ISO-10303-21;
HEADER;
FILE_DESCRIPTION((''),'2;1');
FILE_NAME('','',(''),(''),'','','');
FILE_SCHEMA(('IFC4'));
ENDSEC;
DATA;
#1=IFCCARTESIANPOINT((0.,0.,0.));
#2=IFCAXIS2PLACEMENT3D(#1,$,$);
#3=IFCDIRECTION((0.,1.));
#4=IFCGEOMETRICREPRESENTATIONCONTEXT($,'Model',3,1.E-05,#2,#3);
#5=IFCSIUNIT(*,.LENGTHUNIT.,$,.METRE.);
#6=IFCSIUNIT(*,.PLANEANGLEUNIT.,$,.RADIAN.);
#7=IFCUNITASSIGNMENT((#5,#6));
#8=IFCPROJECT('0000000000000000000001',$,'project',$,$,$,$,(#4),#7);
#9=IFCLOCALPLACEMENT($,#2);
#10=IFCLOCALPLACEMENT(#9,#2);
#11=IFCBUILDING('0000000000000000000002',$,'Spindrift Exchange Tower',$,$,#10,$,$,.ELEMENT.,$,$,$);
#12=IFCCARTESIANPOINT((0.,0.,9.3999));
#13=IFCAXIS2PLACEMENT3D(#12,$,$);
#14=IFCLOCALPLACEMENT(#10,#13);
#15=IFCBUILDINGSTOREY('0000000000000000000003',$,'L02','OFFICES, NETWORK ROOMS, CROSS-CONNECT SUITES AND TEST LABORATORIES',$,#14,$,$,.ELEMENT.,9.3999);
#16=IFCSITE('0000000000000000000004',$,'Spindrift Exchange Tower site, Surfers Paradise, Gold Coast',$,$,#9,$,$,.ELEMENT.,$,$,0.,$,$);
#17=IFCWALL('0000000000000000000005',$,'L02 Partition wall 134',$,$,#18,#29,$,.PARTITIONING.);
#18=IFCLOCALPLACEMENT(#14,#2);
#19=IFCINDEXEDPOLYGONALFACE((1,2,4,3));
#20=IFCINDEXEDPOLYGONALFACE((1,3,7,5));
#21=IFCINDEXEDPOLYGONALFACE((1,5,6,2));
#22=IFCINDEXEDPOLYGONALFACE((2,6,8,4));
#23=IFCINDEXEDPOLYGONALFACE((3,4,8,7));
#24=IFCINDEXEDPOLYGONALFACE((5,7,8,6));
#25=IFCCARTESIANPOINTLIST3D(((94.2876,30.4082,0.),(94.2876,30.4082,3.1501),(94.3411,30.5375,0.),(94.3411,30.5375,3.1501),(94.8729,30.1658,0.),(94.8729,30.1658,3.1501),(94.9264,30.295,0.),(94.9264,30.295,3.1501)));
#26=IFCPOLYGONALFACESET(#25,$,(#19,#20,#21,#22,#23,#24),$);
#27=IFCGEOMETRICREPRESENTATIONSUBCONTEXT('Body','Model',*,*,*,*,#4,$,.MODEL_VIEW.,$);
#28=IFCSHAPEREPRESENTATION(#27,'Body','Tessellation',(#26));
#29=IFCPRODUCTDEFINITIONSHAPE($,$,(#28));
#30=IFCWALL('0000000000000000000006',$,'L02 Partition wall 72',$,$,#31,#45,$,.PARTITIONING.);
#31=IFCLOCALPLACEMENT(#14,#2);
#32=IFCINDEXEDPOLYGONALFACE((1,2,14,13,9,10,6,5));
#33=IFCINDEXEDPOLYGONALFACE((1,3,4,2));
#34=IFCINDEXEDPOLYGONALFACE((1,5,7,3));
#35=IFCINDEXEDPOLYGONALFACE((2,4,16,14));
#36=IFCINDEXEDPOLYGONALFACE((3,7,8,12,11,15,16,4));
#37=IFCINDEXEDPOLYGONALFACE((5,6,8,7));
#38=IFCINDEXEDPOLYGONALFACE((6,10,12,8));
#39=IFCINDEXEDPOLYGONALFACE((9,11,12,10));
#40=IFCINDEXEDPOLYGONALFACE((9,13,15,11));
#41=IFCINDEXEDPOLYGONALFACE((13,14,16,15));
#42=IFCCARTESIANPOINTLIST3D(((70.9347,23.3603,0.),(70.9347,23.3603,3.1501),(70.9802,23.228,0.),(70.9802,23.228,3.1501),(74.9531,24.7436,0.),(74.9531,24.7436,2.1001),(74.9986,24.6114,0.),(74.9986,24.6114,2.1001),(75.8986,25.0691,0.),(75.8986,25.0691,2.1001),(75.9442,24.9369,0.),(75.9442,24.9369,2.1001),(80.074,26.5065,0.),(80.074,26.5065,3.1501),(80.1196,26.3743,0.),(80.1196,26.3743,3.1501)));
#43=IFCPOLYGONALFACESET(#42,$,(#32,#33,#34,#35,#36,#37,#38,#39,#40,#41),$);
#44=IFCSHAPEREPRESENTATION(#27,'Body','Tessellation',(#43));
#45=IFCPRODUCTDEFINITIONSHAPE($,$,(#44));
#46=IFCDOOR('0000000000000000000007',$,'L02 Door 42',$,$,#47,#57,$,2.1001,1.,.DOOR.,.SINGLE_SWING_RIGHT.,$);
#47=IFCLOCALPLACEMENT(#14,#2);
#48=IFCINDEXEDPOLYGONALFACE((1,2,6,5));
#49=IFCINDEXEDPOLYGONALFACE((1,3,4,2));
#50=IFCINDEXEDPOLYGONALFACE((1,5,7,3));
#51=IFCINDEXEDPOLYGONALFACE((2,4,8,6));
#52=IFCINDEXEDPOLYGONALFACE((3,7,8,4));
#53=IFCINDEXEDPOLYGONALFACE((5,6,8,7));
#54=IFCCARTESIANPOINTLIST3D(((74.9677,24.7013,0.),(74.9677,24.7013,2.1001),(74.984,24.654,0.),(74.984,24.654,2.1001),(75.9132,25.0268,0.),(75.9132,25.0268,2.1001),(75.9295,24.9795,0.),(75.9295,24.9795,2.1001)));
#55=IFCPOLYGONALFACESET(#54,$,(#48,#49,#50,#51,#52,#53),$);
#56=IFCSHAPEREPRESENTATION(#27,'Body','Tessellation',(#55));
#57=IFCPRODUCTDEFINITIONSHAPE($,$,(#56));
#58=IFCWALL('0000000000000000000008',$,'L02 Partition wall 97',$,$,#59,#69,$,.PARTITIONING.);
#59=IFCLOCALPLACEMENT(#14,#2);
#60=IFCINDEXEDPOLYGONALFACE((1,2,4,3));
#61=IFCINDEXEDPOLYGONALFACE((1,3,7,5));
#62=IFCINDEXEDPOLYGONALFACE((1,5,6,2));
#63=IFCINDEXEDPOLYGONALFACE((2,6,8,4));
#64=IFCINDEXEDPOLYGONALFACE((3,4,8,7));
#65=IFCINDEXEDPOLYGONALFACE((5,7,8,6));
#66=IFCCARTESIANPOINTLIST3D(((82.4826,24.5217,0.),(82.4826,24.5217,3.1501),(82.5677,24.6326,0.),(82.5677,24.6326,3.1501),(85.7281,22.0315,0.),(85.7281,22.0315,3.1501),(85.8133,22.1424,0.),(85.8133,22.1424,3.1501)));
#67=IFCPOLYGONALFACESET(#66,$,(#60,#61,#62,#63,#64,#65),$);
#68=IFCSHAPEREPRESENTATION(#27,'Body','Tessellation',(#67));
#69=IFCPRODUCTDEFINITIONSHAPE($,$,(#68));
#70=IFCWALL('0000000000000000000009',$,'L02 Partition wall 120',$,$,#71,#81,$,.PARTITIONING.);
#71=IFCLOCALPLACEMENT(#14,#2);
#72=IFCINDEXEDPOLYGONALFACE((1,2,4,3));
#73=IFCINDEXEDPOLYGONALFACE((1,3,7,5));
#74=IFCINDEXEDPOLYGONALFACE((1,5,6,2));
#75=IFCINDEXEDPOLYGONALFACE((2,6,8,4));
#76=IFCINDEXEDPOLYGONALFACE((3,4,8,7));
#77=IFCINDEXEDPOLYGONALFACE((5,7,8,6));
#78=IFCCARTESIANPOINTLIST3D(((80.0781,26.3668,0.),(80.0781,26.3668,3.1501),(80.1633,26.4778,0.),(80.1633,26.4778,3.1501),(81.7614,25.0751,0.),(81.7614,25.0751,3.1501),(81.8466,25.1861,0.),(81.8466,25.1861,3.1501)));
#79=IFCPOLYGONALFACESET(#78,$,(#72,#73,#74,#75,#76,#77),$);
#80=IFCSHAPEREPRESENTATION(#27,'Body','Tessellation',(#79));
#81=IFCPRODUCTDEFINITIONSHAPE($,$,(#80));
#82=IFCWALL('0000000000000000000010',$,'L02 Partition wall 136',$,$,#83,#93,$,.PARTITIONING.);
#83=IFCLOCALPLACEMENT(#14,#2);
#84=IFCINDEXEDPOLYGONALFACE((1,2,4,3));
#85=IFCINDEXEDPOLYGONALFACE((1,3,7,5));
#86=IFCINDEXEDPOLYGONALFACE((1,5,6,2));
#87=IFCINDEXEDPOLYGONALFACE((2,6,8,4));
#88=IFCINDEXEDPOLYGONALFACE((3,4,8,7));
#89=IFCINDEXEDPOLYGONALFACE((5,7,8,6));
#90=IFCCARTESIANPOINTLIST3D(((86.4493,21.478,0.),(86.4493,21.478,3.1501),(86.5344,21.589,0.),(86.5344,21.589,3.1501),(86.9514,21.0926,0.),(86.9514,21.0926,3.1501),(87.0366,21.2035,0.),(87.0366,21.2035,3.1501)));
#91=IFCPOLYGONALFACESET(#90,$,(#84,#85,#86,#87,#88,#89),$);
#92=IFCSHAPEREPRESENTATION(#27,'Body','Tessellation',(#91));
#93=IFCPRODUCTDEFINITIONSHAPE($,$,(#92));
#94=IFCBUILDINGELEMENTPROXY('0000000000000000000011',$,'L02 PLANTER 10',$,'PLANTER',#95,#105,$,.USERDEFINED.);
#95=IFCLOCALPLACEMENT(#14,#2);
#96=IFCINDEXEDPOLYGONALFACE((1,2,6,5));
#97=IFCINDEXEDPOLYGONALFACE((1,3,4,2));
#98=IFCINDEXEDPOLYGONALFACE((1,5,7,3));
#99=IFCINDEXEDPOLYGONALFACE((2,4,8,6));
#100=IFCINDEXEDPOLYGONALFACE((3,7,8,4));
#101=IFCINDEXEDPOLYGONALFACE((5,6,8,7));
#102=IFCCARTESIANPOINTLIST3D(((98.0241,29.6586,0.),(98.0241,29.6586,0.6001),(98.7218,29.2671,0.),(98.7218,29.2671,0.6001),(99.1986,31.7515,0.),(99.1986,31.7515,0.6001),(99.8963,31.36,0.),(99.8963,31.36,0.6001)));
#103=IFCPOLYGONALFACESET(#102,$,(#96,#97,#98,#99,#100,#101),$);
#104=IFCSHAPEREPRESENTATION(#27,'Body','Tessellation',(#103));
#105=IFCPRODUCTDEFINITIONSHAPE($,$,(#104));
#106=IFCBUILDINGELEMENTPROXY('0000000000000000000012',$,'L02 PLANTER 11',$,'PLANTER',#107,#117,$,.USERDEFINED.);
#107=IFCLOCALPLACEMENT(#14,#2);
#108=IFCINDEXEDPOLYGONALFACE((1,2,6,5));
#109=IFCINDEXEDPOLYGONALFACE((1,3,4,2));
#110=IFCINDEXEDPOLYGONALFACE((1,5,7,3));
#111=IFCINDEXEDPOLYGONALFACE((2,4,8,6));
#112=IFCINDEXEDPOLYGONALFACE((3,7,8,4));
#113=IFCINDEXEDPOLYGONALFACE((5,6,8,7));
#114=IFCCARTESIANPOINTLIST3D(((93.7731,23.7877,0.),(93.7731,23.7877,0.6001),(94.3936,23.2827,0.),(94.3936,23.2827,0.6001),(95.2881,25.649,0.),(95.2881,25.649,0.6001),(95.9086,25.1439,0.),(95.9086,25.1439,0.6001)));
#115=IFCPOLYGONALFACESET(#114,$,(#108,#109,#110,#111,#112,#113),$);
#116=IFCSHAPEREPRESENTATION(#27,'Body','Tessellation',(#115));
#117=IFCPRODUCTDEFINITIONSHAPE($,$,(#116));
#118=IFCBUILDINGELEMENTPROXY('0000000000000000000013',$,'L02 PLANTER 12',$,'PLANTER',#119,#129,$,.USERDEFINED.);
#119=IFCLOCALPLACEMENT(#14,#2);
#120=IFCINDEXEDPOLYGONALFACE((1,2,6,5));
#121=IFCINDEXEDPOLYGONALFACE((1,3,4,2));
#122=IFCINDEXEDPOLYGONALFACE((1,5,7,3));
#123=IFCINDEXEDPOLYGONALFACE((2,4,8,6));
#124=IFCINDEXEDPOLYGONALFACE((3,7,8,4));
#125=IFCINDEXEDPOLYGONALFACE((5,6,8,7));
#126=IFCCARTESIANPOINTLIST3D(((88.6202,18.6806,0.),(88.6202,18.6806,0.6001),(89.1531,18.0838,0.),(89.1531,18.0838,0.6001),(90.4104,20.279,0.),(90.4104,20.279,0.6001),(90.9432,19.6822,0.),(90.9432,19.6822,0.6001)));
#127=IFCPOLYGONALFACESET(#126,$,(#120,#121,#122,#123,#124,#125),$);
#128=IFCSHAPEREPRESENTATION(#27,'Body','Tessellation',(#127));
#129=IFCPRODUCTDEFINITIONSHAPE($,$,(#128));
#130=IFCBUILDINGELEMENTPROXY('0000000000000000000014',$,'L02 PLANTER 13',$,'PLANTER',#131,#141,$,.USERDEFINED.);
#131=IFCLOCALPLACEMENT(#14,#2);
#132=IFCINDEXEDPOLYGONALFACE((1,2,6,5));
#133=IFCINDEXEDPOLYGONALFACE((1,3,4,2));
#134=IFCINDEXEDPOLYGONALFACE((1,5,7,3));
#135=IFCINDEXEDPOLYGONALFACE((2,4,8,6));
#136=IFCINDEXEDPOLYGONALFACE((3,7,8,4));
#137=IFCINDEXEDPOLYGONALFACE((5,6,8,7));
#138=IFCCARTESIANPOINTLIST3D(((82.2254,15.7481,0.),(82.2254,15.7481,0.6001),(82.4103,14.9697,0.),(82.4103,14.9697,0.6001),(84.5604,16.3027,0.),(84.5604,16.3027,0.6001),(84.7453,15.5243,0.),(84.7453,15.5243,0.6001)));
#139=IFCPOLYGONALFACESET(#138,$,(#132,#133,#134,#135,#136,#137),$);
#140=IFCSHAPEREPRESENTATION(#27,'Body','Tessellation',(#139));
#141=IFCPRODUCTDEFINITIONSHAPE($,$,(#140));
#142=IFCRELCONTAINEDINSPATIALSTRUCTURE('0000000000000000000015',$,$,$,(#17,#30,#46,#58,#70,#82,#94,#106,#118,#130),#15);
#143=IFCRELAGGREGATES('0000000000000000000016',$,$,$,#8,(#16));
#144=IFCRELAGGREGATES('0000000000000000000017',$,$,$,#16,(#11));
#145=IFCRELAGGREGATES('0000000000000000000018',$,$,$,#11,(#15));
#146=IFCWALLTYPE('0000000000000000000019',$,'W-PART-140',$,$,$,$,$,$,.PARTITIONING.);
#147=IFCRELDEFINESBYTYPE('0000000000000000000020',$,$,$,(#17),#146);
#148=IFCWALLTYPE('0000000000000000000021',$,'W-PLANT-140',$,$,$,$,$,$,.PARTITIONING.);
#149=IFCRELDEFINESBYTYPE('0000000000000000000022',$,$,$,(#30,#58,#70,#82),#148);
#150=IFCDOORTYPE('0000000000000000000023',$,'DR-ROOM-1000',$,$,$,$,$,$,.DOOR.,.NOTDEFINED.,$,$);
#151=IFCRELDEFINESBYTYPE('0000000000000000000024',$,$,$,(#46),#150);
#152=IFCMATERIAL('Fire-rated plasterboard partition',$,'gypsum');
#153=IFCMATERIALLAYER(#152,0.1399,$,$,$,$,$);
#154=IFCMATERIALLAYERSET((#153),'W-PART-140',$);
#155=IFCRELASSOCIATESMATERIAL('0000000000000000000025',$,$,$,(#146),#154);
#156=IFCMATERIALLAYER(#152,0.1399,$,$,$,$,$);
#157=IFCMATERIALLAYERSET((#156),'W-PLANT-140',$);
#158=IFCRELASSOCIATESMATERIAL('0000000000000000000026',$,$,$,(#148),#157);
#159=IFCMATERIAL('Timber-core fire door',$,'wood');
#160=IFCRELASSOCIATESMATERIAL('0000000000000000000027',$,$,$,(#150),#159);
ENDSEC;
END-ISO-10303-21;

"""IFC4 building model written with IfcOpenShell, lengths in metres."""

from ifc_helpers import new_model, si_unit, direction, frame, frame_2d, origin, origin_2d, place, context, subcontext, project, spatial, rectangle, extrude, source, transform, mapped, material, layer, layer_set, type_object, element, fill, save


model = new_model("IFC4")

# Units and contexts
model_context = context("Model", 3, precision=1e-05, world=origin(), true_north=direction((0.0, 1.0)))
body_context = subcontext(model_context, "Body", "Model", "MODEL_VIEW")
ifc_project = project(units=[si_unit("LENGTHUNIT", "METRE"), si_unit("PLANEANGLEUNIT", "RADIAN")], contexts=[model_context])

# Site, building, storey
site_placement = place(None, origin())
site = spatial("IfcSite", under=ifc_project, at=site_placement, Name="Spindrift Exchange Tower site, Surfers Paradise, Gold Coast", CompositionType="ELEMENT", RefElevation=0.0)
building_placement = place(site_placement, origin())
building = spatial("IfcBuilding", under=site, at=building_placement, Name="Spindrift Exchange Tower", CompositionType="ELEMENT")
storey_placement = place(building_placement, frame((0.0, 0.0, 9.3999)))
storey = spatial("IfcBuildingStorey", under=building, at=storey_placement, Name="L02", Description="OFFICES, NETWORK ROOMS, CROSS-CONNECT SUITES AND TEST LABORATORIES", CompositionType="ELEMENT", Elevation=9.3999)

# Wall
ifc_material_1 = material(Name="Fire-rated plasterboard partition", Category="gypsum")
ifc_layer_1 = layer(ifc_material_1, 0.1399)
ifc_layer_set_1 = layer_set([ifc_layer_1], Name="W-PART-140")
wall_type_1 = type_object("IfcWallType", Name="W-PART-140", PredefinedType="PARTITIONING", material=ifc_layer_set_1)
wall_1_placement = place(storey_placement, frame((94.3142, 30.4729, 0.0), z_axis=(0.0, 0.0, 1.0), x_axis=(0.923862, -0.382726, 0.0)))
element("IfcWall", 1, at=wall_1_placement, inside=storey, type_object=wall_type_1, Name="L02 Partition wall 134", PredefinedType="PARTITIONING", context=body_context, shape_type="SweptSolid", body=[
    extrude(rectangle(XDim=0.6335, YDim=0.1399, at=frame_2d((0.3169, 0.0))), origin(), (0.0, 0.0, 1.0), 3.1501),
])

# Wall, opening, door
ifc_layer_2 = layer(ifc_material_1, 0.1399)
ifc_layer_set_2 = layer_set([ifc_layer_2], Name="W-PLANT-140")
wall_type_2 = type_object("IfcWallType", Name="W-PLANT-140", PredefinedType="PARTITIONING", material=ifc_layer_set_2)
wall_2_placement = place(storey_placement, frame((80.0969, 26.4404, 0.0), z_axis=(0.0, 0.0, 1.0), x_axis=(-0.945541, -0.325503, 0.0)))
wall_2 = element("IfcWall", 2, at=wall_2_placement, inside=storey, type_object=wall_type_2, Name="L02 Partition wall 72", PredefinedType="PARTITIONING", context=body_context, shape_type="SweptSolid", body=[
    extrude(rectangle(XDim=9.6658, YDim=0.1399, at=frame_2d((4.833, 0.0))), origin(), (0.0, 0.0, 1.0), 3.1501),
])
opening_placement = place(wall_2_placement, frame((4.416, 0.0, 0.0)))
opening = element("IfcOpeningElement", 3, at=opening_placement, cuts=wall_2, PredefinedType="OPENING", context=body_context, shape_type="SweptSolid", body=[
    extrude(rectangle(XDim=1.0, YDim=2.1001, at=frame_2d((0.5, 1.05))), frame((0.0, 0.0798, 0.0), z_axis=(0.0, -1.0, 0.0), x_axis=(1.0, 0.0, 0.0)), (0.0, 0.0, 1.0), 0.1599),
])
ifc_material_2 = material(Name="Timber-core fire door", Category="wood")
door_type = type_object("IfcDoorType", Name="DR-ROOM-1000", OperationType="NOTDEFINED", PredefinedType="DOOR", material=ifc_material_2)
shared_shape_1 = source(origin(), body_context, "Body", "SweptSolid", [
    extrude(rectangle(XDim=1.0, YDim=2.1001, at=frame_2d((0.5, 1.05))), frame((0.0, 0.0249, 0.0), z_axis=(0.0, -1.0, 0.0), x_axis=(1.0, 0.0, 0.0)), (0.0, 0.0, 1.0), 0.05),
])
door_placement = place(opening_placement, origin())
door = element("IfcDoor", 4, at=door_placement, inside=storey, type_object=door_type, Name="L02 Door 42", OperationType="SINGLE_SWING_RIGHT", OverallHeight=2.1001, OverallWidth=1.0, PredefinedType="DOOR", context=body_context, shape_type="MappedRepresentation", body=[
    mapped(shared_shape_1, transform((0.0, 0.0, 0.0), scale=1.0)),
])
fill(opening, door)

# Walls
wall_3_placement = place(storey_placement, frame((82.5251, 24.5771, 0.0), z_axis=(0.0, 0.0, 1.0), x_axis=(0.793378, -0.60873, 0.0)))
element("IfcWall", 5, at=wall_3_placement, inside=storey, type_object=wall_type_2, Name="L02 Partition wall 97", PredefinedType="PARTITIONING", context=body_context, shape_type="SweptSolid", body=[
    extrude(rectangle(XDim=4.0908, YDim=0.1399, at=frame_2d((2.0454, 0.0))), origin(), (0.0, 0.0, 1.0), 3.1501),
])
wall_4_placement = place(storey_placement, frame((80.1206, 26.4224, 0.0), z_axis=(0.0, 0.0, 1.0), x_axis=(0.793338, -0.608782, 0.0)))
element("IfcWall", 6, at=wall_4_placement, inside=storey, type_object=wall_type_2, Name="L02 Partition wall 120", PredefinedType="PARTITIONING", context=body_context, shape_type="SweptSolid", body=[
    extrude(rectangle(XDim=2.1218, YDim=0.1399, at=frame_2d((1.061, 0.0))), origin(), (0.0, 0.0, 1.0), 3.1501),
])
wall_5_placement = place(storey_placement, frame((86.4919, 21.5334, 0.0), z_axis=(0.0, 0.0, 1.0), x_axis=(0.79324, -0.608909, 0.0)))
element("IfcWall", 7, at=wall_5_placement, inside=storey, type_object=wall_type_2, Name="L02 Partition wall 136", PredefinedType="PARTITIONING", context=body_context, shape_type="SweptSolid", body=[
    extrude(rectangle(XDim=0.6331, YDim=0.1399, at=frame_2d((0.3164, 0.0))), origin(), (0.0, 0.0, 1.0), 3.1501),
])

# Building element proxies
shared_shape_2 = source(origin(), body_context, "Body", "SweptSolid", [
    extrude(rectangle(XDim=2.3999, YDim=0.8, at=origin_2d()), origin(), (0.0, 0.0, 1.0), 0.6001),
])
for number, where, z_axis, x_axis, name in (
    (8, (98.9602, 30.5093, 0.0), (0.0, 0.0, 1.0), (-0.489366, -0.872079, 0.0), "L02 PLANTER 10"),
    (9, (94.8408, 24.4658, 0.0), (0.0, 0.0, 1.0), (-0.631268, -0.775565, 0.0), "L02 PLANTER 11"),
    (10, (89.7817, 19.1814, 0.0), (0.0, 0.0, 1.0), (-0.74592, -0.666035, 0.0), "L02 PLANTER 12"),
    (11, (83.4854, 15.6362, 0.0), (0.0, 0.0, 1.0), (-0.972935, -0.231081, 0.0), "L02 PLANTER 13"),
):
    element("IfcBuildingElementProxy", number, at=place(storey_placement, frame(where, z_axis=z_axis, x_axis=x_axis)), inside=storey, Name=name, ObjectType="PLANTER", PredefinedType="USERDEFINED", context=body_context, shape_type="MappedRepresentation", body=[
        mapped(shared_shape_2, transform((0.0, 0.0, 0.0), scale=1.0)),
    ])

save(model, "model.ifc")
